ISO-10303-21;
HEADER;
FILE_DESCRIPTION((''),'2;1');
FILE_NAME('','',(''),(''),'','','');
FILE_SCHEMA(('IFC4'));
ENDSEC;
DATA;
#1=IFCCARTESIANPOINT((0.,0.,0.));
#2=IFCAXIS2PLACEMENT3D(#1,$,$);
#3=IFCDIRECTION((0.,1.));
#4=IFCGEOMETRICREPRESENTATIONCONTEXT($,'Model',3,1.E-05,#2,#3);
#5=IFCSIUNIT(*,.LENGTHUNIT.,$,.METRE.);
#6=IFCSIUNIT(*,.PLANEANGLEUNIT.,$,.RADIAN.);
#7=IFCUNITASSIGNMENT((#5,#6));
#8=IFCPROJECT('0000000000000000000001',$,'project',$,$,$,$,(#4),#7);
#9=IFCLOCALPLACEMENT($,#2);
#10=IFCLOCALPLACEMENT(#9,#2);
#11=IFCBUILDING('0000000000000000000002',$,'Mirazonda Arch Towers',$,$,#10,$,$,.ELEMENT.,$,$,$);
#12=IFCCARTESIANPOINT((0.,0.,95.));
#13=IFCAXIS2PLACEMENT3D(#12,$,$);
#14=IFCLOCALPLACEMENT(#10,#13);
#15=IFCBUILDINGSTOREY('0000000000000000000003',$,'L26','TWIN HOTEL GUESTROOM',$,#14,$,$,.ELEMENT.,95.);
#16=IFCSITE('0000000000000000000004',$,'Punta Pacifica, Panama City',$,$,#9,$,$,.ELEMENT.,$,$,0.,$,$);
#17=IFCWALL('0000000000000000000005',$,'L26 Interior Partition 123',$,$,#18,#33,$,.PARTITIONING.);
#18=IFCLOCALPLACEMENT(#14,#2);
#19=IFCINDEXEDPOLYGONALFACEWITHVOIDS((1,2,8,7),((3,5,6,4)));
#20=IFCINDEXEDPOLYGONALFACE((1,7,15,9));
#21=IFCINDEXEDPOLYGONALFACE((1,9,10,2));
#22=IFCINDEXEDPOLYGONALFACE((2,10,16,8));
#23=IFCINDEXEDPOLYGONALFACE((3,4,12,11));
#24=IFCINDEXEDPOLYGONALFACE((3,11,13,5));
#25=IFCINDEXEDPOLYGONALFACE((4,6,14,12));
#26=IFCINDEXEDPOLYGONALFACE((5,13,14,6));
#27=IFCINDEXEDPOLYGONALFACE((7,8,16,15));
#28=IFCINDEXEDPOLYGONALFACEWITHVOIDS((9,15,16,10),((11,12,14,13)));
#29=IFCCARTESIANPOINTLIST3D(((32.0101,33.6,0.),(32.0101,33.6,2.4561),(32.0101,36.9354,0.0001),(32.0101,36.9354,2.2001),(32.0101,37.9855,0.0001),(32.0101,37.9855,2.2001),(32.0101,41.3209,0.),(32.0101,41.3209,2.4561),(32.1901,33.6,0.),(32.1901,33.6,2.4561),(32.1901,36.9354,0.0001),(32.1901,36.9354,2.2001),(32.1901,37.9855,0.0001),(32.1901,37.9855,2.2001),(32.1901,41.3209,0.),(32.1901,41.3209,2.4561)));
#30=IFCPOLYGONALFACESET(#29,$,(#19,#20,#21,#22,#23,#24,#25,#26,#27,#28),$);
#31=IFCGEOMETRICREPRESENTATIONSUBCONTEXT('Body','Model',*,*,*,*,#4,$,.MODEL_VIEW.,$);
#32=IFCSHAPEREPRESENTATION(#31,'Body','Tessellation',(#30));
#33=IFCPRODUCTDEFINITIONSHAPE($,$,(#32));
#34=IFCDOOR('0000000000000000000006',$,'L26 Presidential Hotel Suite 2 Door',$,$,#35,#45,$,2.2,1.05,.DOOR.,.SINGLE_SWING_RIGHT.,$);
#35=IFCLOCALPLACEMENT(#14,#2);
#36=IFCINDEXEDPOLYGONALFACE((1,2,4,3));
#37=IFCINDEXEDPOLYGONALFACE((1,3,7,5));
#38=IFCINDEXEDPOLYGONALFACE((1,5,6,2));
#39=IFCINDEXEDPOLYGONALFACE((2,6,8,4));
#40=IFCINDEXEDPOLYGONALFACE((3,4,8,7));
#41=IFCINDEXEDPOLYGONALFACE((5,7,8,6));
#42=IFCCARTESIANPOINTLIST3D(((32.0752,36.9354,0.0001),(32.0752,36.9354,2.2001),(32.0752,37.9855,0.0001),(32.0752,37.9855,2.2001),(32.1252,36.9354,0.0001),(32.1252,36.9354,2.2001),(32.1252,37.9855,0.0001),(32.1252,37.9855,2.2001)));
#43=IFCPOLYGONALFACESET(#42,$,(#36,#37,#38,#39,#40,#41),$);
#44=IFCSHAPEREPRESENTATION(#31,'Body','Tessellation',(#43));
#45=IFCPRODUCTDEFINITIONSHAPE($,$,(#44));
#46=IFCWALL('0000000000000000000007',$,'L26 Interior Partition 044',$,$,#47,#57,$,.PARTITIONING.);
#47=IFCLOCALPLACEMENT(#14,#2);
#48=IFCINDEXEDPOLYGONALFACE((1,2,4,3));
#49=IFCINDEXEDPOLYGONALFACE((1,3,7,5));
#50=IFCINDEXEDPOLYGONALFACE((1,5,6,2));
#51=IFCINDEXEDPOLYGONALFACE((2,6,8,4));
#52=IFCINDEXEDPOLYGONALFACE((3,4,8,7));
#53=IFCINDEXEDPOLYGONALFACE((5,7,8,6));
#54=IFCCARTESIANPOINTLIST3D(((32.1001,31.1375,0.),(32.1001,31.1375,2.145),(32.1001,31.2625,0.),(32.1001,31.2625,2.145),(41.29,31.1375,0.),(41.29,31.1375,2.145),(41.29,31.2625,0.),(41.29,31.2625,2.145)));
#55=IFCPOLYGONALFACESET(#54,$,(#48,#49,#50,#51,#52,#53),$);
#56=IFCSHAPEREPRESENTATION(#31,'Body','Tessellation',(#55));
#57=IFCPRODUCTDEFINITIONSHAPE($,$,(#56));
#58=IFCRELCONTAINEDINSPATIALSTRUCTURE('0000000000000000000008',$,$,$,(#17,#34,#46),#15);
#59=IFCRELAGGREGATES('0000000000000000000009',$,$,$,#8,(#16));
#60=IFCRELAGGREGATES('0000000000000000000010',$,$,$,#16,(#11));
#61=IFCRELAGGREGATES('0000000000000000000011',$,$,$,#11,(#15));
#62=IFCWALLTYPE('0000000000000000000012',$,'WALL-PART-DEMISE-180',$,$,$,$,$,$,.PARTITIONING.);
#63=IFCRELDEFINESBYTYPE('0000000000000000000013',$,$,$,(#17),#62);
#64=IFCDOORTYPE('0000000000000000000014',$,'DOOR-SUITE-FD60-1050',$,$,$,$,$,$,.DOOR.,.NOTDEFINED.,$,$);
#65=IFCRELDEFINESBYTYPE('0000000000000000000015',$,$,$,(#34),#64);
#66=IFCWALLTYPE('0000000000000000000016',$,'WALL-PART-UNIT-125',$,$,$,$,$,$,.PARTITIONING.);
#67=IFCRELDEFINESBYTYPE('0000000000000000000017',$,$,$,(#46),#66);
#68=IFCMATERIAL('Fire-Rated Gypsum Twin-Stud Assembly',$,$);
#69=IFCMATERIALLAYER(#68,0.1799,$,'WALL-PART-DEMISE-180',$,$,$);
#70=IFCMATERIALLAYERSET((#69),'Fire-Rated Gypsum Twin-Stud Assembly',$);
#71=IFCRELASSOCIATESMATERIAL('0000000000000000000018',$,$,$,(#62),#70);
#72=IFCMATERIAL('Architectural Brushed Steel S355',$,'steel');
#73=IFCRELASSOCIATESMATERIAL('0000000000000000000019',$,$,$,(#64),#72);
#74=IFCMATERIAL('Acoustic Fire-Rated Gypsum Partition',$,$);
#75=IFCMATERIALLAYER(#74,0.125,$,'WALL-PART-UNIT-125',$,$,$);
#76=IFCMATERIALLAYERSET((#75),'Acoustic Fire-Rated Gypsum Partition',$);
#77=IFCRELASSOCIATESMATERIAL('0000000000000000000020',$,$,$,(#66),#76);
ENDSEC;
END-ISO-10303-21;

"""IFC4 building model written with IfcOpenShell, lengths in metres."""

from ifc_helpers import new_model, si_unit, direction, frame, frame_2d, origin, place, context, subcontext, project, spatial, rectangle, extrude, material, layer, layer_set, type_object, element, fill, save


model = new_model("IFC4")

# Units and contexts
model_context = context("Model", 3, precision=1e-05, world=origin(), true_north=direction((0.0, 1.0)))
body_context = subcontext(model_context, "Body", "Model", "MODEL_VIEW")
ifc_project = project(units=[si_unit("LENGTHUNIT", "METRE"), si_unit("PLANEANGLEUNIT", "RADIAN")], contexts=[model_context])

# Site, building, storey
site_placement = place(None, origin())
site = spatial("IfcSite", under=ifc_project, at=site_placement, Name="Punta Pacifica, Panama City", CompositionType="ELEMENT", RefElevation=0.0)
building_placement = place(site_placement, origin())
building = spatial("IfcBuilding", under=site, at=building_placement, Name="Mirazonda Arch Towers", CompositionType="ELEMENT")
storey_placement = place(building_placement, frame((0.0, 0.0, 95.0)))
storey = spatial("IfcBuildingStorey", under=building, at=storey_placement, Name="L26", Description="TWIN HOTEL GUESTROOM", CompositionType="ELEMENT", Elevation=95.0)

# Shared definitions
ifc_material_1 = material(Name="Architectural Brushed Steel S355", Category="steel")

# Shared definitions
ifc_material_2 = material(Name="Fire-Rated Gypsum Twin-Stud Assembly")
ifc_layer_1 = layer(ifc_material_2, 0.1799, Name="WALL-PART-DEMISE-180")
ifc_layer_set_1 = layer_set([ifc_layer_1], Name="Fire-Rated Gypsum Twin-Stud Assembly")
wall_type_1 = type_object("IfcWallType", Name="WALL-PART-DEMISE-180", PredefinedType="PARTITIONING", material=ifc_layer_set_1)

# Wall, opening, door
wall_1_placement = place(storey_placement, frame((32.1001, 33.6001, 0.0), z_axis=(0.0, 0.0, 1.0), x_axis=(0.0, 1.0, 0.0)))
wall_1 = element("IfcWall", 1, at=wall_1_placement, inside=storey, type_object=wall_type_1, Name="L26 Interior Partition 123", PredefinedType="PARTITIONING", context=body_context, shape_type="SweptSolid", body=[
    extrude(rectangle(XDim=7.7209, YDim=0.1799, at=frame_2d((3.8604, 0.0))), origin(), (0.0, 0.0, 1.0), 2.4561),
])
opening_1_placement = place(wall_1_placement, frame((3.3354, 0.0, 0.0)))
opening_1 = element("IfcOpeningElement", 2, at=opening_1_placement, cuts=wall_1, PredefinedType="OPENING", context=body_context, shape_type="SweptSolid", body=[
    extrude(rectangle(XDim=1.05, YDim=2.2, at=frame_2d((0.5249, 1.1001))), frame((0.0, 0.0999, 0.0), z_axis=(0.0, -1.0, 0.0), x_axis=(1.0, 0.0, 0.0)), (0.0, 0.0, 1.0), 0.2),
])
door_type_1 = type_object("IfcDoorType", Name="DOOR-SUITE-FD60-1050", OperationType="NOTDEFINED", PredefinedType="DOOR", material=ifc_material_1)
door_1_placement = place(opening_1_placement, origin())
door_1 = element("IfcDoor", 3, at=door_1_placement, inside=storey, type_object=door_type_1, Name="L26 Presidential Hotel Suite 2 Door", OperationType="SINGLE_SWING_RIGHT", OverallHeight=2.2, OverallWidth=1.05, PredefinedType="DOOR", context=body_context, shape_type="SweptSolid", body=[
    extrude(rectangle(XDim=1.05, YDim=2.2, at=frame_2d((0.5249, 1.1001))), frame((0.0, 0.0249, 0.0), z_axis=(0.0, -1.0, 0.0), x_axis=(1.0, 0.0, 0.0)), (0.0, 0.0, 1.0), 0.05),
])
fill(opening_1, door_1)

# Wall
ifc_material_3 = material(Name="Acoustic Fire-Rated Gypsum Partition")
ifc_layer_2 = layer(ifc_material_3, 0.125, Name="WALL-PART-UNIT-125")
ifc_layer_set_2 = layer_set([ifc_layer_2], Name="Acoustic Fire-Rated Gypsum Partition")
wall_type_2 = type_object("IfcWallType", Name="WALL-PART-UNIT-125", PredefinedType="PARTITIONING", material=ifc_layer_set_2)
wall_2_placement = place(storey_placement, frame((32.1001, 31.2, 0.0), z_axis=(0.0, 0.0, 1.0), x_axis=(1.0, 0.0, 0.0)))
element("IfcWall", 4, at=wall_2_placement, inside=storey, type_object=wall_type_2, Name="L26 Interior Partition 044", PredefinedType="PARTITIONING", context=body_context, shape_type="SweptSolid", body=[
    extrude(rectangle(XDim=9.1899, YDim=0.125, at=frame_2d((4.595, 0.0))), origin(), (0.0, 0.0, 1.0), 2.145),
])

save(model, "model.ifc")
